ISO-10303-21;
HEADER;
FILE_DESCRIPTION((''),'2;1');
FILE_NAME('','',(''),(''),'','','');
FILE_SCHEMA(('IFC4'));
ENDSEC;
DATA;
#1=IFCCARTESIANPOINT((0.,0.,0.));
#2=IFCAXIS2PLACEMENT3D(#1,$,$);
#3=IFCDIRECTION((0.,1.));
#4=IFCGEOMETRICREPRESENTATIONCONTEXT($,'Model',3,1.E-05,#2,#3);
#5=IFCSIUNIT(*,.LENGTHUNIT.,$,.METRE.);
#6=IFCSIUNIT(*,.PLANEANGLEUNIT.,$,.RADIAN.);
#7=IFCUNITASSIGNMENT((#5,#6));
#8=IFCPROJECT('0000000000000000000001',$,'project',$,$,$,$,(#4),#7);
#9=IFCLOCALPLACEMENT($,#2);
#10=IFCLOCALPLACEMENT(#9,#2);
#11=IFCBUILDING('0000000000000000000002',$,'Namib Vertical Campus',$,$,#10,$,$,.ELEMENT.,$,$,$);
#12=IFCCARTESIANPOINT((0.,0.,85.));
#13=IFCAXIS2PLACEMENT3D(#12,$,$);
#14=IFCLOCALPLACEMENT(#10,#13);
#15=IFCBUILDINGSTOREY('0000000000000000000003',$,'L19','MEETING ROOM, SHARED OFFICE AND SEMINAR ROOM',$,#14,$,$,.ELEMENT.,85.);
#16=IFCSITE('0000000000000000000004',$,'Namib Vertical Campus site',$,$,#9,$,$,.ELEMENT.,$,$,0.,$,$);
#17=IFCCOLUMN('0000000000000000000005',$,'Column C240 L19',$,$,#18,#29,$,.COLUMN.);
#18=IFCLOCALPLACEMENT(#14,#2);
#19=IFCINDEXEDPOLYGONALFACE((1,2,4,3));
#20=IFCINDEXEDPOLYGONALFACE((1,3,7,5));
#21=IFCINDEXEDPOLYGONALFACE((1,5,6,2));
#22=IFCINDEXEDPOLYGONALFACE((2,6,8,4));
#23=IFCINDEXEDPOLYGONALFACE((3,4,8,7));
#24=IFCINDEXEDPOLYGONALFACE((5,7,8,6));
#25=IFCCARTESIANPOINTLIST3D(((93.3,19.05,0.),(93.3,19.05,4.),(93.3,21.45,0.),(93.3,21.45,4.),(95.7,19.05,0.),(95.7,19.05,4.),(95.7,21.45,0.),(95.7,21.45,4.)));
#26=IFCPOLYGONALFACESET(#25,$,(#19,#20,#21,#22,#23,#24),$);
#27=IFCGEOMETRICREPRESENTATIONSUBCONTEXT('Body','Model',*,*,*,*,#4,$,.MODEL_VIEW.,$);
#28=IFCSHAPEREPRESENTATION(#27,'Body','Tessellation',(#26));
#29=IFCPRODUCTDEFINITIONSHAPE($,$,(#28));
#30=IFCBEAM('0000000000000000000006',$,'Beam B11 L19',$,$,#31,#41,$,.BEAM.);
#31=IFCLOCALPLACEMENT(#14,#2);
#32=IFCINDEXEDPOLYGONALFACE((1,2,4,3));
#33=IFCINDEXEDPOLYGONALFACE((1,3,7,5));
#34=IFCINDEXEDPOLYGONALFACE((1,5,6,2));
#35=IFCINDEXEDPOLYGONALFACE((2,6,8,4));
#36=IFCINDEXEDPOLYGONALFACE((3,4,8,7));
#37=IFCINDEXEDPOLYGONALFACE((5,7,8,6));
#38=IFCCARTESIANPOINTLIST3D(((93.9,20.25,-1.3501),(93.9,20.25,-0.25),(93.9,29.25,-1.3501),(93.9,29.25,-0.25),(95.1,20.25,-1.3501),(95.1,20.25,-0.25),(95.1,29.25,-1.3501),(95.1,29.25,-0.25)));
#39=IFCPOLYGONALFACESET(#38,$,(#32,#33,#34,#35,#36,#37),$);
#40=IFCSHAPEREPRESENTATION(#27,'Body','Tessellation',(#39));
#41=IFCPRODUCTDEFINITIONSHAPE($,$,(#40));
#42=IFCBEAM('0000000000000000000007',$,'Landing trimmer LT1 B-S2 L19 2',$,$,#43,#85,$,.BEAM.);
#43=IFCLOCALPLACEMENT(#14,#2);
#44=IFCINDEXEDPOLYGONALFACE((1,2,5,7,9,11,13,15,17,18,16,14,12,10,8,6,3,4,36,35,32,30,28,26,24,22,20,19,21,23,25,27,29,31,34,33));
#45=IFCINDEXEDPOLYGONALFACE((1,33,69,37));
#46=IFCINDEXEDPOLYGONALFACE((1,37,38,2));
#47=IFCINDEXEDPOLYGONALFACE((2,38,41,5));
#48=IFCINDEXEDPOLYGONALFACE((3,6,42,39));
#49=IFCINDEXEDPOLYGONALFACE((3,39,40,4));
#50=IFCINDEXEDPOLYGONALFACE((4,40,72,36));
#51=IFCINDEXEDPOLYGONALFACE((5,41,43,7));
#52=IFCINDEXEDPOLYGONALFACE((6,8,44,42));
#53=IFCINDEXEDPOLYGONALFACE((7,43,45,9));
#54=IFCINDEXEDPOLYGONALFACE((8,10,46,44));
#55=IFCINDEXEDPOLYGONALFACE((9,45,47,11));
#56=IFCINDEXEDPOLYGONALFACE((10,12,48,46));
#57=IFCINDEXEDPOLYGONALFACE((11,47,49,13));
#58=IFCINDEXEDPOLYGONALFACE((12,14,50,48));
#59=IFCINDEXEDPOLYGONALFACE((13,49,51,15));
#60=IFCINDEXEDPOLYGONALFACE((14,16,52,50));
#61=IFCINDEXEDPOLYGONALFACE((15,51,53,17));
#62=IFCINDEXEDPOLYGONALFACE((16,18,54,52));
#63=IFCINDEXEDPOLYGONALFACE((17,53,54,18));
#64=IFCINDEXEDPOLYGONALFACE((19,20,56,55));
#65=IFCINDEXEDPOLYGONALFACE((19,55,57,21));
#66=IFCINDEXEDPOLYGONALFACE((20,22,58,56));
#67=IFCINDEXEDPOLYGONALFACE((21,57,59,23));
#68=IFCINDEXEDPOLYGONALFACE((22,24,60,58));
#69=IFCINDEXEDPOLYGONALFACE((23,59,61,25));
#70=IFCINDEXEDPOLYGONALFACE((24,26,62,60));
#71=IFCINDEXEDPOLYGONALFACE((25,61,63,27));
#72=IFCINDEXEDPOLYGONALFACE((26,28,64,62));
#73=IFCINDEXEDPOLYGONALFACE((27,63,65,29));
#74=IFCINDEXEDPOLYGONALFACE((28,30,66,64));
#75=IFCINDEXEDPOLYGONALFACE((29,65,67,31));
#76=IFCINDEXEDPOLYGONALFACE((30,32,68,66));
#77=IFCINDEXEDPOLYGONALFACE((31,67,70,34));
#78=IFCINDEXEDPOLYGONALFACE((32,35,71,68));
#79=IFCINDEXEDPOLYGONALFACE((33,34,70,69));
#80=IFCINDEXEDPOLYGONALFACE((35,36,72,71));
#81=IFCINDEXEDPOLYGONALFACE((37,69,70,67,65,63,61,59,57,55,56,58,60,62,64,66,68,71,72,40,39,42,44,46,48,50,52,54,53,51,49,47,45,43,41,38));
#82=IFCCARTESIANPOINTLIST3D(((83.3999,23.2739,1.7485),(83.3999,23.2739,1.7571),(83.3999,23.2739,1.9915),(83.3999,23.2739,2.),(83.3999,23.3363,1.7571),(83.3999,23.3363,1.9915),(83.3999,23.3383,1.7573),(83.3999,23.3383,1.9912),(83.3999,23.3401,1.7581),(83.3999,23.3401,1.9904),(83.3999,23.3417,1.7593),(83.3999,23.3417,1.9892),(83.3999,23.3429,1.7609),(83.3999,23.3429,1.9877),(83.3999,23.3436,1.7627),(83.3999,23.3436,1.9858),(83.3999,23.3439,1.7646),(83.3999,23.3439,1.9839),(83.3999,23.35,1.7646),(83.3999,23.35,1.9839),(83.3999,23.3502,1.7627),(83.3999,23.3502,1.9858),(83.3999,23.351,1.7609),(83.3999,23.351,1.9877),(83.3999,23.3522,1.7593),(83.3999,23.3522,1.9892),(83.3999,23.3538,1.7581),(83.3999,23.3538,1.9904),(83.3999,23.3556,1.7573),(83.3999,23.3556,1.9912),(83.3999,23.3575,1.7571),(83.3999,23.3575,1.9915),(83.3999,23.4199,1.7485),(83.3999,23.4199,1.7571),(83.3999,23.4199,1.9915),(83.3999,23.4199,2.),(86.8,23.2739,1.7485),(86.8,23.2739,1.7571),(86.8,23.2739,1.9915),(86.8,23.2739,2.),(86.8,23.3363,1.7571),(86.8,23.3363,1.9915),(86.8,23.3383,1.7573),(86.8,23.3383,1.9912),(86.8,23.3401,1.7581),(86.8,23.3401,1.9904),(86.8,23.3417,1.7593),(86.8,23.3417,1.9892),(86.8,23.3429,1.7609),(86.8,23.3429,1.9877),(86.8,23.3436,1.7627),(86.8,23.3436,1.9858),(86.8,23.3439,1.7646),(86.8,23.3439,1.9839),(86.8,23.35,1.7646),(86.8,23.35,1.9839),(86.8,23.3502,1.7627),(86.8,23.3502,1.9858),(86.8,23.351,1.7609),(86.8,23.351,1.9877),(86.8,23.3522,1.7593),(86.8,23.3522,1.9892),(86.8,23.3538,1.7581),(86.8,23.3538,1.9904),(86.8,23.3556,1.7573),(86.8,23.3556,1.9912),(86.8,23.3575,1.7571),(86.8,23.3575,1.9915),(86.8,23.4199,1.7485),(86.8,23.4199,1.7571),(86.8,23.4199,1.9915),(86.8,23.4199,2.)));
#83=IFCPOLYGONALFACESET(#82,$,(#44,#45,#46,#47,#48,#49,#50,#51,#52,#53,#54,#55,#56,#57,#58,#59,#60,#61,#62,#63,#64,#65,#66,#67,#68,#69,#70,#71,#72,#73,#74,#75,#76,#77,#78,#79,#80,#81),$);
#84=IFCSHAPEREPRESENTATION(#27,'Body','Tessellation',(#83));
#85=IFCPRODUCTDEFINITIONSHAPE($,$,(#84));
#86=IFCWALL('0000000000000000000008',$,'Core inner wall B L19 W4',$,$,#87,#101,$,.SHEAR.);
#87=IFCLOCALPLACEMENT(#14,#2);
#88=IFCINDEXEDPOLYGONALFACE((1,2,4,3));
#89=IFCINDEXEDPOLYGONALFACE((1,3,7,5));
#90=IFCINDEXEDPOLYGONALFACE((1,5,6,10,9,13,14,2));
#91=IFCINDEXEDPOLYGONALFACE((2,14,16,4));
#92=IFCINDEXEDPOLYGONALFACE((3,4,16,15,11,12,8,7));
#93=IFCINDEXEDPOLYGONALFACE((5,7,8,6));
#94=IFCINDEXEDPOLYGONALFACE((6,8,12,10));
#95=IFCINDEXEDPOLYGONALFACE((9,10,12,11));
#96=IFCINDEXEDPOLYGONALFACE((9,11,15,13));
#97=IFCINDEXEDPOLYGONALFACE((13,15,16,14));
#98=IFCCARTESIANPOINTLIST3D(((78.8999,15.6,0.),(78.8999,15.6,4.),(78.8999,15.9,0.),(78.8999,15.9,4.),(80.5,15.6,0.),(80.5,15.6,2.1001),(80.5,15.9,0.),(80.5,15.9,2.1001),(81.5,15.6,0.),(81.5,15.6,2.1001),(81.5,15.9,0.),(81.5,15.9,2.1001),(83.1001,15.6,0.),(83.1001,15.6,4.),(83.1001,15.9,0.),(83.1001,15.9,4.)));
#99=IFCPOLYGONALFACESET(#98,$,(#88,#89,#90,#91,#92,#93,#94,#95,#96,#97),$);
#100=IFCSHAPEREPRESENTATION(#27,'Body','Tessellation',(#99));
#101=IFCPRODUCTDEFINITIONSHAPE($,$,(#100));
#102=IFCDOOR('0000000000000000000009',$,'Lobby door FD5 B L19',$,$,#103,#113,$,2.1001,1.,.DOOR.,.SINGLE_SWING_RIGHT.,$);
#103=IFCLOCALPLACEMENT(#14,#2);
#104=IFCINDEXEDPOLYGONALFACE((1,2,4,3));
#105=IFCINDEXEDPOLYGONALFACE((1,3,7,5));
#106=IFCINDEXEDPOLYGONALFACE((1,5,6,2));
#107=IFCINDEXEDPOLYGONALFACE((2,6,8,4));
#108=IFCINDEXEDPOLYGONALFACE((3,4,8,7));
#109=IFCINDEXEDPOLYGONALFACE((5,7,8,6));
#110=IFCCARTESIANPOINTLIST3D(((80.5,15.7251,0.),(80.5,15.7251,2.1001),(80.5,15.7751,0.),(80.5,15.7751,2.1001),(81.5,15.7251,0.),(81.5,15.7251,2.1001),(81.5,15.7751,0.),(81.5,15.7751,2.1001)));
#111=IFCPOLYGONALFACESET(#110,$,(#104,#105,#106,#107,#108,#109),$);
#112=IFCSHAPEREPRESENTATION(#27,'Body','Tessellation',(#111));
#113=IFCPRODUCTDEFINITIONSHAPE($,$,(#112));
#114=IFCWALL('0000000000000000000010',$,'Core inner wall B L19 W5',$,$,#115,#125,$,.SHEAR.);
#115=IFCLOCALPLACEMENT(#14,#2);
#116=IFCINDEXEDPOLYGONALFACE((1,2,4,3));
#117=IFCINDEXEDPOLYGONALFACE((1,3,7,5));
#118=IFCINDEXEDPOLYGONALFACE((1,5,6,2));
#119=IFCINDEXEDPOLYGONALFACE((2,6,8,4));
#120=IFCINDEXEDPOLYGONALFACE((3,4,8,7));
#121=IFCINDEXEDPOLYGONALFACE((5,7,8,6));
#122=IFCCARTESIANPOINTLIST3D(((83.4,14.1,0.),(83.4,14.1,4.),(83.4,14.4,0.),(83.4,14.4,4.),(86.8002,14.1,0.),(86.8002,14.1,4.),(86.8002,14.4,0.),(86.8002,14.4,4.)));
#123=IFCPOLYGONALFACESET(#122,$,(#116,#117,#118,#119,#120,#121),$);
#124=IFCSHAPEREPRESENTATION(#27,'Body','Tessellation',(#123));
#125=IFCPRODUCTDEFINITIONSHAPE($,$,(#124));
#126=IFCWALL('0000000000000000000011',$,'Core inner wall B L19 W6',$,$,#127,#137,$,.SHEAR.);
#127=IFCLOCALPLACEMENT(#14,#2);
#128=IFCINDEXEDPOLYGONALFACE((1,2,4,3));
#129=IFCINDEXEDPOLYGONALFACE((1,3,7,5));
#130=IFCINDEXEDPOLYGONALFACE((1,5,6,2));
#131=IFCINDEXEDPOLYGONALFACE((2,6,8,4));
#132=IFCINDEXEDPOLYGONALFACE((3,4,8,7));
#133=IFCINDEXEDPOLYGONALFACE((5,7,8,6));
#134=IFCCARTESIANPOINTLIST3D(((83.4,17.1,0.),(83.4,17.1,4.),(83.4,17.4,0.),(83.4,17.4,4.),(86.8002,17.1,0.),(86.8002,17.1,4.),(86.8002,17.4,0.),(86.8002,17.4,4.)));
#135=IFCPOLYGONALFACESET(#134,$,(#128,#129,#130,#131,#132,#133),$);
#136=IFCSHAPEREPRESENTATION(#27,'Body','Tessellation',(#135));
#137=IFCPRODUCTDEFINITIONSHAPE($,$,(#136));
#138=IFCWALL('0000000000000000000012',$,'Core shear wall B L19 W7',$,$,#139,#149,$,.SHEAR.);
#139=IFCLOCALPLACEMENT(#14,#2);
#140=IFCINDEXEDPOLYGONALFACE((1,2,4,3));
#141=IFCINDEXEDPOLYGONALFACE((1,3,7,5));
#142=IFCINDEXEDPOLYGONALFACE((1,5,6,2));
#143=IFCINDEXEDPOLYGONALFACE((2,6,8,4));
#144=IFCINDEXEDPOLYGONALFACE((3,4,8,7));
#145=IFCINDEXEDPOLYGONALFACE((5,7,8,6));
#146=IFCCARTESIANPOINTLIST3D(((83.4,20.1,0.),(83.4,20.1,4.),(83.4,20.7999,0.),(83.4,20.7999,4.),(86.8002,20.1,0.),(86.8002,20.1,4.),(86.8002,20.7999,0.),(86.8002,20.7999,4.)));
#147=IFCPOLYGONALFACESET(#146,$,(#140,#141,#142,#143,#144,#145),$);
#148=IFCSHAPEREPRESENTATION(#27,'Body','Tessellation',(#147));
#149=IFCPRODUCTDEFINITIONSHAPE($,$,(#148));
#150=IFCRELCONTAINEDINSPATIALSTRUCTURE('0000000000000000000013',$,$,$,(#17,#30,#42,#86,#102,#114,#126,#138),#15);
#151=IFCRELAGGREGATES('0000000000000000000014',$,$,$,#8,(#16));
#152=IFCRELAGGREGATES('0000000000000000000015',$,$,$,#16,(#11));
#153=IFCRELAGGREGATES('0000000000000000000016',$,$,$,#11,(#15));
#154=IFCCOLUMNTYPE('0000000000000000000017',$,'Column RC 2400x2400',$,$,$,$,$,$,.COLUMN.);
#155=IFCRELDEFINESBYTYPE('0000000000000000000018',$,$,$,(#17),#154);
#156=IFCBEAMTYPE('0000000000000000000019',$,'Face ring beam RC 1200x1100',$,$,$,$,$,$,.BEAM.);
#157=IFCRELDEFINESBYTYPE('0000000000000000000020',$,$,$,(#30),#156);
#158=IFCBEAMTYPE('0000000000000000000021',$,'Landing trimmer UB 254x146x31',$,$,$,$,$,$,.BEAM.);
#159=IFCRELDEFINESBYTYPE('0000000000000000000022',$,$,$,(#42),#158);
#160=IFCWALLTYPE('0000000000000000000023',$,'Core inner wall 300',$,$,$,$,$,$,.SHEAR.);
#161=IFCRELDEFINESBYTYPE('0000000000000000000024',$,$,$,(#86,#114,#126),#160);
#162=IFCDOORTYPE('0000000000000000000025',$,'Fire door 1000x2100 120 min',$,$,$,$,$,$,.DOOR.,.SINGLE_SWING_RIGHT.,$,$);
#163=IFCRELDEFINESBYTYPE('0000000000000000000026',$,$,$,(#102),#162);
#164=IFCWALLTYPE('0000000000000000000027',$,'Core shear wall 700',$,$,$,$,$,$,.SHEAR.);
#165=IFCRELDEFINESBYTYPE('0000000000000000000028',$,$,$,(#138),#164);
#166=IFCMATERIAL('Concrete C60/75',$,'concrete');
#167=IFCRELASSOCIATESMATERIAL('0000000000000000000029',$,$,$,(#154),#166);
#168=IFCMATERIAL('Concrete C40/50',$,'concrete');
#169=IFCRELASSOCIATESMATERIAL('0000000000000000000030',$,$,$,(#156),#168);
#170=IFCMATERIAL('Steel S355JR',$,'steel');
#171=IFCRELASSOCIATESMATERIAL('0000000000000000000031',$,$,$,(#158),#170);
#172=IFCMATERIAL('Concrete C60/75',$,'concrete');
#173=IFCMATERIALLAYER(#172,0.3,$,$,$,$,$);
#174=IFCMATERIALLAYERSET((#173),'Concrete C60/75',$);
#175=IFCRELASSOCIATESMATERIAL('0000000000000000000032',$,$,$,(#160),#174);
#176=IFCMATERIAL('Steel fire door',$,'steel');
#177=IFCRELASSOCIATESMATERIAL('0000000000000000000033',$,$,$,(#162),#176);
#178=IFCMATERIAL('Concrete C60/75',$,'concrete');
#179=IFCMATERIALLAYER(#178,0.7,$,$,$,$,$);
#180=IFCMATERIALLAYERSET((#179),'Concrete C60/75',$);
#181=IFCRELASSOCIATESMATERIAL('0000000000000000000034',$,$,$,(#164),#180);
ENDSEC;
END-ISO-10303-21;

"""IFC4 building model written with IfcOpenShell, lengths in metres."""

from ifc_helpers import new_model, si_unit, direction, frame, frame_2d, origin, origin_2d, place, context, subcontext, project, spatial, rectangle, i_section, extrude, material, layer, layer_set, material_profile, profile_set, type_object, element, fill, save


model = new_model("IFC4")

# Units and contexts
model_context = context("Model", 3, precision=1e-05, world=origin(), true_north=direction((0.0, 1.0)))
body_context = subcontext(model_context, "Body", "Model", "MODEL_VIEW")
ifc_project = project(units=[si_unit("LENGTHUNIT", "METRE"), si_unit("PLANEANGLEUNIT", "RADIAN")], contexts=[model_context])

# Site, building, storey
site_placement = place(None, origin())
site = spatial("IfcSite", under=ifc_project, at=site_placement, Name="Namib Vertical Campus site", CompositionType="ELEMENT", RefElevation=0.0)
building_placement = place(site_placement, origin())
building = spatial("IfcBuilding", under=site, at=building_placement, Name="Namib Vertical Campus", CompositionType="ELEMENT")
storey_placement = place(building_placement, frame((0.0, 0.0, 85.0)))
storey = spatial("IfcBuildingStorey", under=building, at=storey_placement, Name="L19", Description="MEETING ROOM, SHARED OFFICE AND SEMINAR ROOM", CompositionType="ELEMENT", Elevation=85.0)

# Column
ifc_material_1 = material(Name="Concrete C60/75", Category="concrete")
ifc_material_profile_1 = material_profile(ifc_material_1, rectangle(XDim=2.3999, YDim=2.3999, at=origin_2d()))
ifc_profile_set_1 = profile_set([ifc_material_profile_1], Name="Concrete C60/75")
column_type = type_object("IfcColumnType", Name="Column RC 2400x2400", PredefinedType="COLUMN", material=ifc_profile_set_1)
column_placement = place(storey_placement, frame((94.5, 20.25, 0.0), z_axis=(0.0, 0.0, 1.0), x_axis=(1.0, 0.0, 0.0)))
element("IfcColumn", 1, at=column_placement, inside=storey, type_object=column_type, Name="Column C240 L19", PredefinedType="COLUMN", context=body_context, shape_type="SweptSolid", body=[
    extrude(rectangle(XDim=2.3999, YDim=2.3999, at=origin_2d()), origin(), (0.0, 0.0, 1.0), 4.0),
])

# Beams
ifc_material_2 = material(Name="Concrete C40/50", Category="concrete")
ifc_material_profile_2 = material_profile(ifc_material_2, rectangle(XDim=1.2, YDim=1.1001, at=origin_2d()))
ifc_profile_set_2 = profile_set([ifc_material_profile_2], Name="Concrete C40/50")
beam_type_1 = type_object("IfcBeamType", Name="Face ring beam RC 1200x1100", PredefinedType="BEAM", material=ifc_profile_set_2)
beam_1_placement = place(storey_placement, frame((94.5, 20.25, -0.8), z_axis=(0.0, 1.0, 0.0), x_axis=(-1.0, 0.0, 0.0)))
element("IfcBeam", 2, at=beam_1_placement, inside=storey, type_object=beam_type_1, Name="Beam B11 L19", PredefinedType="BEAM", context=body_context, shape_type="SweptSolid", body=[
    extrude(rectangle(XDim=1.2, YDim=1.1001, at=origin_2d()), origin(), (0.0, 0.0, 1.0), 9.0),
])
ifc_material_3 = material(Name="Steel S355JR", Category="steel")
ifc_material_profile_3 = material_profile(ifc_material_3, i_section(OverallWidth=0.146, OverallDepth=0.2515, WebThickness=0.0061, FlangeThickness=0.0085, FilletRadius=0.0076, at=origin_2d()))
ifc_profile_set_3 = profile_set([ifc_material_profile_3], Name="Steel S355JR")
beam_type_2 = type_object("IfcBeamType", Name="Landing trimmer UB 254x146x31", PredefinedType="BEAM", material=ifc_profile_set_3)
beam_2_placement = place(storey_placement, frame((83.3999, 23.3469, 1.8743), z_axis=(1.0, 0.0, 0.0), x_axis=(0.0, 1.0, 0.0)))
element("IfcBeam", 3, at=beam_2_placement, inside=storey, type_object=beam_type_2, Name="Landing trimmer LT1 B-S2 L19 2", PredefinedType="BEAM", context=body_context, shape_type="SweptSolid", body=[
    extrude(i_section(OverallWidth=0.146, OverallDepth=0.2515, WebThickness=0.0061, FlangeThickness=0.0085, FilletRadius=0.0076, at=origin_2d()), origin(), (0.0, 0.0, 1.0), 3.4001),
])

# Wall, opening, door
ifc_material_4 = material(Name="Concrete C60/75", Category="concrete")
ifc_layer_1 = layer(ifc_material_4, 0.3)
ifc_layer_set_1 = layer_set([ifc_layer_1], Name="Concrete C60/75")
wall_type_1 = type_object("IfcWallType", Name="Core inner wall 300", PredefinedType="SHEAR", material=ifc_layer_set_1)
wall_1_placement = place(storey_placement, frame((78.8999, 15.75, 0.0), z_axis=(0.0, 0.0, 1.0), x_axis=(1.0, 0.0, 0.0)))
wall_1 = element("IfcWall", 4, at=wall_1_placement, inside=storey, type_object=wall_type_1, Name="Core inner wall B L19 W4", PredefinedType="SHEAR", context=body_context, shape_type="SweptSolid", body=[
    extrude(rectangle(XDim=4.2002, YDim=0.3, at=frame_2d((2.1001, 0.0))), origin(), (0.0, 0.0, 1.0), 4.0),
])
opening_1_placement = place(wall_1_placement, frame((1.6001, 0.0, 0.0)))
opening_1 = element("IfcOpeningElement", 5, at=opening_1_placement, cuts=wall_1, PredefinedType="OPENING", context=body_context, shape_type="SweptSolid", body=[
    extrude(rectangle(XDim=1.0, YDim=2.1001, at=frame_2d((0.5, 1.05))), frame((0.0, 0.1599, 0.0), z_axis=(0.0, -1.0, 0.0), x_axis=(1.0, 0.0, 0.0)), (0.0, 0.0, 1.0), 0.3201),
])
ifc_material_5 = material(Name="Steel fire door", Category="steel")
door_type_1 = type_object("IfcDoorType", Name="Fire door 1000x2100 120 min", OperationType="SINGLE_SWING_RIGHT", PredefinedType="DOOR", material=ifc_material_5)
door_1_placement = place(opening_1_placement, frame((1.0, 0.0, 0.0), z_axis=(0.0, 0.0, 1.0), x_axis=(-1.0, 0.0, 0.0)))
door_1 = element("IfcDoor", 6, at=door_1_placement, inside=storey, type_object=door_type_1, Name="Lobby door FD5 B L19", OperationType="SINGLE_SWING_RIGHT", OverallHeight=2.1001, OverallWidth=1.0, PredefinedType="DOOR", context=body_context, shape_type="SweptSolid", body=[
    extrude(rectangle(XDim=1.0, YDim=2.1001, at=frame_2d((0.5, 1.05))), frame((0.0, 0.0249, 0.0), z_axis=(0.0, -1.0, 0.0), x_axis=(1.0, 0.0, 0.0)), (0.0, 0.0, 1.0), 0.05),
])
fill(opening_1, door_1)

# Walls
for number, where, z_axis, x_axis, name in (
    (7, (83.3999, 14.25, 0.0), (0.0, 0.0, 1.0), (1.0, 0.0, 0.0), "Core inner wall B L19 W5"),
    (8, (83.3999, 17.25, 0.0), (0.0, 0.0, 1.0), (1.0, 0.0, 0.0), "Core inner wall B L19 W6"),
):
    element("IfcWall", number, at=place(storey_placement, frame(where, z_axis=z_axis, x_axis=x_axis)), inside=storey, type_object=wall_type_1, Name=name, PredefinedType="SHEAR", context=body_context, shape_type="SweptSolid", body=[
        extrude(rectangle(XDim=3.4001, YDim=0.3, at=frame_2d((1.7002, 0.0))), origin(), (0.0, 0.0, 1.0), 4.0),
    ])
ifc_material_6 = material(Name="Concrete C60/75", Category="concrete")
ifc_layer_2 = layer(ifc_material_6, 0.7)
ifc_layer_set_2 = layer_set([ifc_layer_2], Name="Concrete C60/75")
wall_type_2 = type_object("IfcWallType", Name="Core shear wall 700", PredefinedType="SHEAR", material=ifc_layer_set_2)
wall_2_placement = place(storey_placement, frame((83.3999, 20.45, 0.0), z_axis=(0.0, 0.0, 1.0), x_axis=(1.0, 0.0, 0.0)))
element("IfcWall", 9, at=wall_2_placement, inside=storey, type_object=wall_type_2, Name="Core shear wall B L19 W7", PredefinedType="SHEAR", context=body_context, shape_type="SweptSolid", body=[
    extrude(rectangle(XDim=3.4001, YDim=0.7, at=frame_2d((1.7002, 0.0))), origin(), (0.0, 0.0, 1.0), 4.0),
])

save(model, "model.ifc")
